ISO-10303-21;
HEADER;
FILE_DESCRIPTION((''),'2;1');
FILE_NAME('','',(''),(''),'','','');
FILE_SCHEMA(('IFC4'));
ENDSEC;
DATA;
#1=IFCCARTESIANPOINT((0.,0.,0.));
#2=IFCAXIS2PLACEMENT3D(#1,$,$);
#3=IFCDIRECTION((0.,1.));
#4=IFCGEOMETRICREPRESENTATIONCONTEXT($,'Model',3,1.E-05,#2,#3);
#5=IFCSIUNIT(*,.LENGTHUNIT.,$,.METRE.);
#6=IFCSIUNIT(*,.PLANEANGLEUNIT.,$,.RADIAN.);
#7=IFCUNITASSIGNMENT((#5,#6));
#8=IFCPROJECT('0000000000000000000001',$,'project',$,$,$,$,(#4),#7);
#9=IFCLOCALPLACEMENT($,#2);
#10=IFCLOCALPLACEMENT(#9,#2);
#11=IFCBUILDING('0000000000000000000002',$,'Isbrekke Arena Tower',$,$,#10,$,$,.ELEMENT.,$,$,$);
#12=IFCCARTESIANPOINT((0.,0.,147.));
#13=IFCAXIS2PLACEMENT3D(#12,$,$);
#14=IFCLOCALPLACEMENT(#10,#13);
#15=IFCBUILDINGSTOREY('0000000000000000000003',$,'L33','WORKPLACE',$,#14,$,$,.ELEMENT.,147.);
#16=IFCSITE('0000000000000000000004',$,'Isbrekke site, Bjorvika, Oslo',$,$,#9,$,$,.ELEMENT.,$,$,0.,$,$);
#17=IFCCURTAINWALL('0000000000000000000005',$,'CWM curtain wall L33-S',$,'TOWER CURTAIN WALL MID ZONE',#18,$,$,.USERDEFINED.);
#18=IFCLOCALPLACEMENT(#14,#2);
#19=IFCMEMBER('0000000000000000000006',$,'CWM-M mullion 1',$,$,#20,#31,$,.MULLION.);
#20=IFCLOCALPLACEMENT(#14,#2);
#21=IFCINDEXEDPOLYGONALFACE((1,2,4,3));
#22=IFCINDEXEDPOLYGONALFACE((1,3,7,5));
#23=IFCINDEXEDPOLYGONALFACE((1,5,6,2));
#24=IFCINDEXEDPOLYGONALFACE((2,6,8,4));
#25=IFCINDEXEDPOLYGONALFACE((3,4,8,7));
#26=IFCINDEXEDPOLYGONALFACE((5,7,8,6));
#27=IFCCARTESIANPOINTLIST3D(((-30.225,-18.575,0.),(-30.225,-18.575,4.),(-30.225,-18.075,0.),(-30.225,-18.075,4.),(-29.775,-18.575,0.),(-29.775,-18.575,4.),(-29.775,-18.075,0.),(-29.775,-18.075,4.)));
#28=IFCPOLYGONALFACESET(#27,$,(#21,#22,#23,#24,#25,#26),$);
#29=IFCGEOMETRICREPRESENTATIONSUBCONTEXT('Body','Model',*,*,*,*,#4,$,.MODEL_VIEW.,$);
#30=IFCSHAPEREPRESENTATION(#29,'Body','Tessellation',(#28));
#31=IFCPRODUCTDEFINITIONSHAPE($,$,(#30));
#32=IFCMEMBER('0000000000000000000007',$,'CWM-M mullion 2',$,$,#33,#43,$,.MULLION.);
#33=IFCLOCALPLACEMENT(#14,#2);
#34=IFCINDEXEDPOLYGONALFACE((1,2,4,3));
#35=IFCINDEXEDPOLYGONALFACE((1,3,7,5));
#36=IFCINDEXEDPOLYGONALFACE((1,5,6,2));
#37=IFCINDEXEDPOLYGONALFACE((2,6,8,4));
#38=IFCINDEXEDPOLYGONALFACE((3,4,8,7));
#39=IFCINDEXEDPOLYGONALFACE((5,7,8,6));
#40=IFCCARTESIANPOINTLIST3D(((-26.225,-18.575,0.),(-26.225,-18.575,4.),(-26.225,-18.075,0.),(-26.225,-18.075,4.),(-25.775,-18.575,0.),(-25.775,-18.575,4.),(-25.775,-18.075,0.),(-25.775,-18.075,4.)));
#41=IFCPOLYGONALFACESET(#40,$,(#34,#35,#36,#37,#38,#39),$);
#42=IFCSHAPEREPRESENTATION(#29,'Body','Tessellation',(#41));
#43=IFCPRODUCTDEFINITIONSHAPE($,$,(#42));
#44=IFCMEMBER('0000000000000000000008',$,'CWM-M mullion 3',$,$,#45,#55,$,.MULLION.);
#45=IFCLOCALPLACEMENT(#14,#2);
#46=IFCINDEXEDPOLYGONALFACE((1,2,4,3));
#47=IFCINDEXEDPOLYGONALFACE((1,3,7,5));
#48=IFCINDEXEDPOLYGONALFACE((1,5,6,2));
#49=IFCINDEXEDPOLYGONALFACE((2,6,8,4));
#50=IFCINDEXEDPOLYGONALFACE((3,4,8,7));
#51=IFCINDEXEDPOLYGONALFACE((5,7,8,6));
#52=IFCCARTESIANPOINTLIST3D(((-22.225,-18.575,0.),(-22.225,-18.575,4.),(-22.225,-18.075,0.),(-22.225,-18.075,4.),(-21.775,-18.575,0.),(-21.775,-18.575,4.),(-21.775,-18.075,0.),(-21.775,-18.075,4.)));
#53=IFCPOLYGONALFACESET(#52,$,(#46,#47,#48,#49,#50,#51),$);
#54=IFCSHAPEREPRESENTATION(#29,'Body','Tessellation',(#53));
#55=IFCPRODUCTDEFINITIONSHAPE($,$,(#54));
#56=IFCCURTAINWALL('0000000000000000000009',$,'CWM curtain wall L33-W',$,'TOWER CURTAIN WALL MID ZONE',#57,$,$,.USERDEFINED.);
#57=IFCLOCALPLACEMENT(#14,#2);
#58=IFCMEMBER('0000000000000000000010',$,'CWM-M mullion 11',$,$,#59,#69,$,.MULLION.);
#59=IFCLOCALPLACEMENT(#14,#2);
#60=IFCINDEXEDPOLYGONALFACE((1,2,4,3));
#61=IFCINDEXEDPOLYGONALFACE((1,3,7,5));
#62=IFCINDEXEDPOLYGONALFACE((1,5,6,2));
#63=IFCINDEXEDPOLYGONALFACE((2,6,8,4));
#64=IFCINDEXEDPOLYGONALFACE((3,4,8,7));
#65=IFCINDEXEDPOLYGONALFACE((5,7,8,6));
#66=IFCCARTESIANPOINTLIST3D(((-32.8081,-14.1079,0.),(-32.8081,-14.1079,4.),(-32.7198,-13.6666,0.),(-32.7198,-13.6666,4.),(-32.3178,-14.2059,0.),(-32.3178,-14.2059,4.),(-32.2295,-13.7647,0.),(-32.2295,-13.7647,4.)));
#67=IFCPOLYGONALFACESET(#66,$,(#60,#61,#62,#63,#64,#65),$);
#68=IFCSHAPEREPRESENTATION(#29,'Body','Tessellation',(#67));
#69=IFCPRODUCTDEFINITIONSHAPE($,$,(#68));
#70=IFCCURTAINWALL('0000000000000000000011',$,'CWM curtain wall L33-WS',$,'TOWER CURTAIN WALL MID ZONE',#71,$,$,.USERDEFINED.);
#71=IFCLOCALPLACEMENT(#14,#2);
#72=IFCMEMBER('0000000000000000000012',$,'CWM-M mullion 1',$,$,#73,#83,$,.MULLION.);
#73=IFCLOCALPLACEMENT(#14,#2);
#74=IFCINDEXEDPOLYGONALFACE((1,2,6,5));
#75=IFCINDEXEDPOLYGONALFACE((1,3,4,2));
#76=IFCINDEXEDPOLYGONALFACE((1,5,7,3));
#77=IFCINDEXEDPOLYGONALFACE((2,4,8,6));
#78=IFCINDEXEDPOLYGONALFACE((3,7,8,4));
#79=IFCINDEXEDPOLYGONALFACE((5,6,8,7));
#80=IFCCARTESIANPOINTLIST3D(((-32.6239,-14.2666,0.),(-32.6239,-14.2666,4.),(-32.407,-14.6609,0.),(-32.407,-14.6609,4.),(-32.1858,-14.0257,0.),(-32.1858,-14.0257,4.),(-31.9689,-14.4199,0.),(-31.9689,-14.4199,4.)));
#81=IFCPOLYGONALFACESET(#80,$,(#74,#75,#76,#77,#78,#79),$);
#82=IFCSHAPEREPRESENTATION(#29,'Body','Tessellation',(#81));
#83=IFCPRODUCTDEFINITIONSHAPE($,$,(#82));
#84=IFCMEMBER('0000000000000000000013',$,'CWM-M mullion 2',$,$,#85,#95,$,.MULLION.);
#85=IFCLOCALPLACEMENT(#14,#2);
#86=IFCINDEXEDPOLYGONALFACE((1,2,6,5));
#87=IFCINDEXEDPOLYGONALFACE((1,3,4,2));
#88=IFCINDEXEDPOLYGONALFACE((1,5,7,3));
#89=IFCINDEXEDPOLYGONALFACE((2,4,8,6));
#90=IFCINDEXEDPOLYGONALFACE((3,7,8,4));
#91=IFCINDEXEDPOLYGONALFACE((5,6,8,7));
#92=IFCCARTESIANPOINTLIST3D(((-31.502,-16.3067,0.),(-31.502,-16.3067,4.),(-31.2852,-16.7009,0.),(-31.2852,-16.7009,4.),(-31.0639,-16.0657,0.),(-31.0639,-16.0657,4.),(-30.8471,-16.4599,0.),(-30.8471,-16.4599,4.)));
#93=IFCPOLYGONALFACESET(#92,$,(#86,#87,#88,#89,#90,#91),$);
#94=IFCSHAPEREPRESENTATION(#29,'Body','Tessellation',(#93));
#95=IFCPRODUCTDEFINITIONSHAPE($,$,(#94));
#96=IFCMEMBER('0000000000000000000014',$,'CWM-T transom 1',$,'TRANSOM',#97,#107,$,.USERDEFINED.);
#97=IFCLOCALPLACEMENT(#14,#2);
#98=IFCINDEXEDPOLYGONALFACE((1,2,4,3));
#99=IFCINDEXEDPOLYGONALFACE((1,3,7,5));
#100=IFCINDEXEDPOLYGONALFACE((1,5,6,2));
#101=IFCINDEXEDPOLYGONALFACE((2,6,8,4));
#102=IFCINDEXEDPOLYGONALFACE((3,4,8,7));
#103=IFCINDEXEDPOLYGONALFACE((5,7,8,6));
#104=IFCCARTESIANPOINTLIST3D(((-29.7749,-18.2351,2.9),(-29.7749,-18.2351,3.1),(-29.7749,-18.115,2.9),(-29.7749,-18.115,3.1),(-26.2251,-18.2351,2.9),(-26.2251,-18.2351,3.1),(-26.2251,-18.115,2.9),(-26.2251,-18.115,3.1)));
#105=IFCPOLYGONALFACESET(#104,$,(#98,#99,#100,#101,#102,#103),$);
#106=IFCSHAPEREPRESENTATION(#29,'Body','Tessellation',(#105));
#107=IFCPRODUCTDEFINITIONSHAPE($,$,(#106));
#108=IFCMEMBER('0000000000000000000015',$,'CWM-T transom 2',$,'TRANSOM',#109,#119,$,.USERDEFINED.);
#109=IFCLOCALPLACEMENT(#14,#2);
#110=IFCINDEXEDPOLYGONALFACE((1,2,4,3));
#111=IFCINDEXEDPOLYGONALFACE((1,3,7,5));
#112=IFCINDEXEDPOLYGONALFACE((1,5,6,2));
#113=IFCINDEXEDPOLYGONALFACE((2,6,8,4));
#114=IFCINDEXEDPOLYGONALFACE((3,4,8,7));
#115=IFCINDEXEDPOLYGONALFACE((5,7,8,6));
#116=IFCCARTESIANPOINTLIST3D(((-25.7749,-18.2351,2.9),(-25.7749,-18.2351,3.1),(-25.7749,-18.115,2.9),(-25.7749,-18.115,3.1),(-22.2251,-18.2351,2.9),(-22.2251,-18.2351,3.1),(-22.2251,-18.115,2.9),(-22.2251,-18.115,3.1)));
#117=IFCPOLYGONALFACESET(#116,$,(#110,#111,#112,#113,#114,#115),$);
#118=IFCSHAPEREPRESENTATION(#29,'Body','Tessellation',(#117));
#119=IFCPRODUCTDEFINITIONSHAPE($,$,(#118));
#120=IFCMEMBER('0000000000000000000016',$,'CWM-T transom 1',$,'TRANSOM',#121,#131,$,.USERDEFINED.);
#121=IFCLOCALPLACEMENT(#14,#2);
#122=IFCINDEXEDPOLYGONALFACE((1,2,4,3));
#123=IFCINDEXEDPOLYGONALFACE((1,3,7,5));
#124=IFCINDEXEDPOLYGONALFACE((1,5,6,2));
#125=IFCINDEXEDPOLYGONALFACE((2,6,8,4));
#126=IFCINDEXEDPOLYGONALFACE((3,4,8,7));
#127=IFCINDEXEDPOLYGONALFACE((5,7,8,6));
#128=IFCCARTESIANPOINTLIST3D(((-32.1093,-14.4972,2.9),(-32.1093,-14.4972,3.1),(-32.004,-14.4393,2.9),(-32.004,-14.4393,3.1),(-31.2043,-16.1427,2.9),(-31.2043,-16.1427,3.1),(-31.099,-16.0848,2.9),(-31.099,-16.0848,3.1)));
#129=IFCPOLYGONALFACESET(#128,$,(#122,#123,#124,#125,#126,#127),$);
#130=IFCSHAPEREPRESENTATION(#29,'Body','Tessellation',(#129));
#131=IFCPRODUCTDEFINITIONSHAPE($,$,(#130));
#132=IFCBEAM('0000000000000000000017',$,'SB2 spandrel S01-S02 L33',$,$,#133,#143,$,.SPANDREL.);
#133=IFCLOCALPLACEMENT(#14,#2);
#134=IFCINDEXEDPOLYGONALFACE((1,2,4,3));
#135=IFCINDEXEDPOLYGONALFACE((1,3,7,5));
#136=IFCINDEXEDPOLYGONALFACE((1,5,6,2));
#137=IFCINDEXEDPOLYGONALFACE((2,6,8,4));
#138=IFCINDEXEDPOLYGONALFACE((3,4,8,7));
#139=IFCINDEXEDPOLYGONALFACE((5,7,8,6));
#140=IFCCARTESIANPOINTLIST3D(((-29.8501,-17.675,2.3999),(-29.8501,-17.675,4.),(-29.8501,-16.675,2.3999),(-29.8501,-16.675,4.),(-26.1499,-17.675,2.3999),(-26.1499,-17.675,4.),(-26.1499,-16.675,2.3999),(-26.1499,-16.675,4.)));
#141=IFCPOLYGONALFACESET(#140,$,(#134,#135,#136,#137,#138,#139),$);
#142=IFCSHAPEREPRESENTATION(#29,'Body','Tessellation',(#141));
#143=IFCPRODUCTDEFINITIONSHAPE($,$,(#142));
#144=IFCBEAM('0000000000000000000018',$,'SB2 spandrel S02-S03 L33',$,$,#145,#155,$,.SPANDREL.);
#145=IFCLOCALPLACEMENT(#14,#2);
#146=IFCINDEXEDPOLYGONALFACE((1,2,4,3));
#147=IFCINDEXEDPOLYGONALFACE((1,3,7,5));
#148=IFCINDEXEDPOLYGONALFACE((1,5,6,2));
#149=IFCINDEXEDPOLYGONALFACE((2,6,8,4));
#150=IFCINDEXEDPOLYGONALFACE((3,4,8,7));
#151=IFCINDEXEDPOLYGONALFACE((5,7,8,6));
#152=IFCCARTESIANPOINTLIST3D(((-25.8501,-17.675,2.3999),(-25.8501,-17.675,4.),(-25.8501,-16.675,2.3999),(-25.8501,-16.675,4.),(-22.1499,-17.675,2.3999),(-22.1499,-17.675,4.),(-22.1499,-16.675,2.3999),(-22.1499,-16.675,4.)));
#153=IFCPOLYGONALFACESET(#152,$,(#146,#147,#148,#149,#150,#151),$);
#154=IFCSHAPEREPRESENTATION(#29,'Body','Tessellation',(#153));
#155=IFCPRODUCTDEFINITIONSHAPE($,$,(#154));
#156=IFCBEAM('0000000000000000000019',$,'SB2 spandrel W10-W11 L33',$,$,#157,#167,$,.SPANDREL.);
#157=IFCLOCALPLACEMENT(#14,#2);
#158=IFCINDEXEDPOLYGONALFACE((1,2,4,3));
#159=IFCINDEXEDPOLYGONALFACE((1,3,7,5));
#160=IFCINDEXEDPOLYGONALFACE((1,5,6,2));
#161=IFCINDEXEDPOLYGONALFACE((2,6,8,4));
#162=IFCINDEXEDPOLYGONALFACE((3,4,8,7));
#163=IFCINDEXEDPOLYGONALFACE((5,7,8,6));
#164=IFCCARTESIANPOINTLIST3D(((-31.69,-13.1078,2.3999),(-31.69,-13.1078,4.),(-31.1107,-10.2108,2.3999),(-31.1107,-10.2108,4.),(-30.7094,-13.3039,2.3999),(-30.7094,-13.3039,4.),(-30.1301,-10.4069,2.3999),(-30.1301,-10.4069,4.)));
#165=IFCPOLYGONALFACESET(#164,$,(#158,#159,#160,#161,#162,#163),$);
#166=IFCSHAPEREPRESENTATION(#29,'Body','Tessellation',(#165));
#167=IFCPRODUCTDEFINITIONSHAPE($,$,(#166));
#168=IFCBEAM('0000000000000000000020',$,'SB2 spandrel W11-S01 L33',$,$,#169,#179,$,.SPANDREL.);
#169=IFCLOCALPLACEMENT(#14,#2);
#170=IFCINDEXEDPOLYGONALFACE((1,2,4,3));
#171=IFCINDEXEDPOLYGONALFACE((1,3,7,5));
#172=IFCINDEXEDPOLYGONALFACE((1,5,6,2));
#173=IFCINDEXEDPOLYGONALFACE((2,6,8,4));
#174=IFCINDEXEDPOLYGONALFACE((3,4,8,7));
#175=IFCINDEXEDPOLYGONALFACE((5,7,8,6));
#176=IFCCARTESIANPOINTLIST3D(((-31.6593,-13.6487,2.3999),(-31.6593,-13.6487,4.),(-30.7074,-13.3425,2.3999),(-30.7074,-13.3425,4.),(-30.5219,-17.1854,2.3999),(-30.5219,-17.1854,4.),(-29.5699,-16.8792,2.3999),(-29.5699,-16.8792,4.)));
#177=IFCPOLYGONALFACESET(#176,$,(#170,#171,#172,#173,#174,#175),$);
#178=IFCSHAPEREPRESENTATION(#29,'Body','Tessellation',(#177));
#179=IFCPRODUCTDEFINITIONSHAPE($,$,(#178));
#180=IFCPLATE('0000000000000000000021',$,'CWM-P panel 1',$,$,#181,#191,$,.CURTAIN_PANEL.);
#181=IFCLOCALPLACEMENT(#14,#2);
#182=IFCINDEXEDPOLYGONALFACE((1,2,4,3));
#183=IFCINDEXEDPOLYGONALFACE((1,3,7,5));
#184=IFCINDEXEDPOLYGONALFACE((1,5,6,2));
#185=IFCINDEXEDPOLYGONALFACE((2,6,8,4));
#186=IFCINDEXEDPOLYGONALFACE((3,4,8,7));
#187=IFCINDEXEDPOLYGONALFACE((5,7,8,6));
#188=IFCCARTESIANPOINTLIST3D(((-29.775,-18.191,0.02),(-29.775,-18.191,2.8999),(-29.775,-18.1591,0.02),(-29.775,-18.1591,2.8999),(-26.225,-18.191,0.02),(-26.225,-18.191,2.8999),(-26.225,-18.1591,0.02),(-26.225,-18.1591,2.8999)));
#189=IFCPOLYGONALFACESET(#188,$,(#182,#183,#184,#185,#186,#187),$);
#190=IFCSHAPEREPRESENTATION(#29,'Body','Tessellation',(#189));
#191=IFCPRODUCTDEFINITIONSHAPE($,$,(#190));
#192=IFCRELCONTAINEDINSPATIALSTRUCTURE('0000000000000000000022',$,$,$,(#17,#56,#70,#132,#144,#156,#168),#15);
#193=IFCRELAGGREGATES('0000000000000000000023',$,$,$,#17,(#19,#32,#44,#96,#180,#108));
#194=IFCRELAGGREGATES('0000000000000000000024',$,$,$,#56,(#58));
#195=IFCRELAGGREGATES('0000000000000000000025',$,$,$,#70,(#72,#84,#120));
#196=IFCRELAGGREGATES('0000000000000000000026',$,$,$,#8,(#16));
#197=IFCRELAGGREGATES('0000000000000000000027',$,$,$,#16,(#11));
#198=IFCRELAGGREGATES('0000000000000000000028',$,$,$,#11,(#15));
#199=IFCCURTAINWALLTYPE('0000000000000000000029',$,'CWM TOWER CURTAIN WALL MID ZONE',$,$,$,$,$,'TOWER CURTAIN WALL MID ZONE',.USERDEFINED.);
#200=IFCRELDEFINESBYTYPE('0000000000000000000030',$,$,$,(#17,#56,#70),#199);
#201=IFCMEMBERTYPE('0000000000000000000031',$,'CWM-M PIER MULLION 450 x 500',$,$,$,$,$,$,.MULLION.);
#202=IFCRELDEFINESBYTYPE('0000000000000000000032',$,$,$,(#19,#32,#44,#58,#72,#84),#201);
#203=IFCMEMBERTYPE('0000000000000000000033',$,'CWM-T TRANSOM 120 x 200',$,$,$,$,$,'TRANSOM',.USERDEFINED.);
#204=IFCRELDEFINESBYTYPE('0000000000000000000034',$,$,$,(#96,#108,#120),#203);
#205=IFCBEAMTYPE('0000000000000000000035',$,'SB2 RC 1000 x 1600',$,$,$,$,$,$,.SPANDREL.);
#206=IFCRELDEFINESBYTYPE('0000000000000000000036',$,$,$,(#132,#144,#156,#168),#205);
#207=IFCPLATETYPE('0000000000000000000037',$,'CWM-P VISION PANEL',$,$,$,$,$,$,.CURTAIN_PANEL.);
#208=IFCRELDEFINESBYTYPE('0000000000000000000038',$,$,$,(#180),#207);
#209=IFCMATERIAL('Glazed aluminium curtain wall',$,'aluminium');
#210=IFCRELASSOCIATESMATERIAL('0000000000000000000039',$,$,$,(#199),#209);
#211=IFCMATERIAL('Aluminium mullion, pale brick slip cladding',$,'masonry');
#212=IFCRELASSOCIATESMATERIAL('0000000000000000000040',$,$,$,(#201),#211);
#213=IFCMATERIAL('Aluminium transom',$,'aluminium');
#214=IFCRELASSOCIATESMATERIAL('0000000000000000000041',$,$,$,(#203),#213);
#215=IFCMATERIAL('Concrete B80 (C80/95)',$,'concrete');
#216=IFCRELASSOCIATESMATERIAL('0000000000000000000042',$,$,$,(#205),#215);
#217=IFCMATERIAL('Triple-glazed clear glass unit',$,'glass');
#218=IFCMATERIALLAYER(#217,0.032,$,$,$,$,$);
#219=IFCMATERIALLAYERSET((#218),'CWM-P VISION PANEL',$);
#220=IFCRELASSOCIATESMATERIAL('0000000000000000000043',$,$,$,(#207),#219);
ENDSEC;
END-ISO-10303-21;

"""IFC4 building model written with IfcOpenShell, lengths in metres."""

from ifc_helpers import new_model, si_unit, direction, frame, origin, origin_2d, place, context, subcontext, project, spatial, rectangle, extrude, material, layer, layer_set, material_profile, profile_set, type_object, element, aggregate, save


model = new_model("IFC4")

# Units and contexts
model_context = context("Model", 3, precision=1e-05, world=origin(), true_north=direction((0.0, 1.0)))
body_context = subcontext(model_context, "Body", "Model", "MODEL_VIEW")
ifc_project = project(units=[si_unit("LENGTHUNIT", "METRE"), si_unit("PLANEANGLEUNIT", "RADIAN")], contexts=[model_context])

# Site, building, storey
site_placement = place(None, origin())
site = spatial("IfcSite", under=ifc_project, at=site_placement, Name="Isbrekke site, Bjorvika, Oslo", CompositionType="ELEMENT", RefElevation=0.0)
building_placement = place(site_placement, origin())
building = spatial("IfcBuilding", under=site, at=building_placement, Name="Isbrekke Arena Tower", CompositionType="ELEMENT")
storey_placement = place(building_placement, frame((0.0, 0.0, 147.0)))
storey = spatial("IfcBuildingStorey", under=building, at=storey_placement, Name="L33", Description="WORKPLACE", CompositionType="ELEMENT", Elevation=147.0)

# Curtain wall, members
ifc_material_1 = material(Name="Glazed aluminium curtain wall", Category="aluminium")
curtain_wall_type = type_object("IfcCurtainWallType", Name="CWM TOWER CURTAIN WALL MID ZONE", ElementType="TOWER CURTAIN WALL MID ZONE", PredefinedType="USERDEFINED", material=ifc_material_1)
curtain_wall_1_placement = place(storey_placement, origin())
curtain_wall_1 = element("IfcCurtainWall", 1, at=curtain_wall_1_placement, inside=storey, type_object=curtain_wall_type, Name="CWM curtain wall L33-S", ObjectType="TOWER CURTAIN WALL MID ZONE", PredefinedType="USERDEFINED")
ifc_material_2 = material(Name="Aluminium mullion, pale brick slip cladding", Category="masonry")
ifc_material_profile_1 = material_profile(ifc_material_2, rectangle(XDim=0.45, YDim=0.5, at=origin_2d()), Name="PIER 450X500")
ifc_profile_set_1 = profile_set([ifc_material_profile_1], Name="Aluminium mullion, pale brick slip cladding")
member_type_1 = type_object("IfcMemberType", Name="CWM-M PIER MULLION 450 x 500", PredefinedType="MULLION", material=ifc_profile_set_1)
member_1_placement = place(storey_placement, frame((-30.0, -18.325, 0.0), z_axis=(0.0, 0.0, 1.0), x_axis=(1.0, 0.0, 0.0)))
member_1 = element("IfcMember", 2, at=member_1_placement, type_object=member_type_1, Name="CWM-M mullion 1", PredefinedType="MULLION", context=body_context, shape_type="SweptSolid", body=[
    extrude(rectangle(XDim=0.45, YDim=0.5, at=origin_2d()), origin(), (0.0, 0.0, 1.0), 4.0),
])
member_2_placement = place(storey_placement, frame((-26.0, -18.325, 0.0), z_axis=(0.0, 0.0, 1.0), x_axis=(1.0, 0.0, 0.0)))
member_2 = element("IfcMember", 3, at=member_2_placement, type_object=member_type_1, Name="CWM-M mullion 2", PredefinedType="MULLION", context=body_context, shape_type="SweptSolid", body=[
    extrude(rectangle(XDim=0.45, YDim=0.5, at=origin_2d()), origin(), (0.0, 0.0, 1.0), 4.0),
])
member_3_placement = place(storey_placement, frame((-22.0, -18.325, 0.0), z_axis=(0.0, 0.0, 1.0), x_axis=(1.0, 0.0, 0.0)))
member_3 = element("IfcMember", 4, at=member_3_placement, type_object=member_type_1, Name="CWM-M mullion 3", PredefinedType="MULLION", context=body_context, shape_type="SweptSolid", body=[
    extrude(rectangle(XDim=0.45, YDim=0.5, at=origin_2d()), origin(), (0.0, 0.0, 1.0), 4.0),
])

# Curtain wall, member
curtain_wall_2_placement = place(storey_placement, origin())
curtain_wall_2 = element("IfcCurtainWall", 5, at=curtain_wall_2_placement, inside=storey, type_object=curtain_wall_type, Name="CWM curtain wall L33-W", ObjectType="TOWER CURTAIN WALL MID ZONE", PredefinedType="USERDEFINED")
member_4_placement = place(storey_placement, frame((-32.5188, -13.9363, 0.0), z_axis=(0.0, 0.0, 1.0), x_axis=(-0.196116, -0.980581, 0.0)))
member_4 = element("IfcMember", 6, at=member_4_placement, type_object=member_type_1, Name="CWM-M mullion 11", PredefinedType="MULLION", context=body_context, shape_type="SweptSolid", body=[
    extrude(rectangle(XDim=0.45, YDim=0.5, at=origin_2d()), origin(), (0.0, 0.0, 1.0), 4.0),
])

# Curtain wall, members
curtain_wall_3_placement = place(storey_placement, origin())
curtain_wall_3 = element("IfcCurtainWall", 7, at=curtain_wall_3_placement, inside=storey, type_object=curtain_wall_type, Name="CWM curtain wall L33-WS", ObjectType="TOWER CURTAIN WALL MID ZONE", PredefinedType="USERDEFINED")
member_5_placement = place(storey_placement, frame((-32.2964, -14.3433, 0.0), z_axis=(0.0, 0.0, 1.0), x_axis=(0.481919, -0.876216, 0.0)))
member_5 = element("IfcMember", 8, at=member_5_placement, type_object=member_type_1, Name="CWM-M mullion 1", PredefinedType="MULLION", context=body_context, shape_type="SweptSolid", body=[
    extrude(rectangle(XDim=0.45, YDim=0.5, at=origin_2d()), origin(), (0.0, 0.0, 1.0), 4.0),
])
member_6_placement = place(storey_placement, frame((-31.1746, -16.3833, 0.0), z_axis=(0.0, 0.0, 1.0), x_axis=(0.481919, -0.876216, 0.0)))
member_6 = element("IfcMember", 9, at=member_6_placement, type_object=member_type_1, Name="CWM-M mullion 2", PredefinedType="MULLION", context=body_context, shape_type="SweptSolid", body=[
    extrude(rectangle(XDim=0.45, YDim=0.5, at=origin_2d()), origin(), (0.0, 0.0, 1.0), 4.0),
])

# Members
ifc_material_3 = material(Name="Aluminium transom", Category="aluminium")
ifc_material_profile_2 = material_profile(ifc_material_3, rectangle(XDim=0.1201, YDim=0.2, at=origin_2d()), Name="TRANSOM 120X200")
ifc_profile_set_2 = profile_set([ifc_material_profile_2], Name="Aluminium transom")
member_type_2 = type_object("IfcMemberType", Name="CWM-T TRANSOM 120 x 200", ElementType="TRANSOM", PredefinedType="USERDEFINED", material=ifc_profile_set_2)
member_7_placement = place(storey_placement, frame((-29.7749, -18.175, 3.0), z_axis=(1.0, 0.0, 0.0), x_axis=(0.0, 1.0, 0.0)))
member_7 = element("IfcMember", 10, at=member_7_placement, type_object=member_type_2, Name="CWM-T transom 1", ObjectType="TRANSOM", PredefinedType="USERDEFINED", context=body_context, shape_type="SweptSolid", body=[
    extrude(rectangle(XDim=0.1201, YDim=0.2, at=origin_2d()), origin(), (0.0, 0.0, 1.0), 3.5498),
])
member_8_placement = place(storey_placement, frame((-25.7749, -18.175, 3.0), z_axis=(1.0, 0.0, 0.0), x_axis=(0.0, 1.0, 0.0)))
member_8 = element("IfcMember", 11, at=member_8_placement, type_object=member_type_2, Name="CWM-T transom 2", ObjectType="TRANSOM", PredefinedType="USERDEFINED", context=body_context, shape_type="SweptSolid", body=[
    extrude(rectangle(XDim=0.1201, YDim=0.2, at=origin_2d()), origin(), (0.0, 0.0, 1.0), 3.5498),
])
member_9_placement = place(storey_placement, frame((-32.0566, -14.4683, 3.0), z_axis=(0.481919, -0.876216, 0.0), x_axis=(0.876216, 0.481919, 0.0)))
member_9 = element("IfcMember", 12, at=member_9_placement, type_object=member_type_2, Name="CWM-T transom 1", ObjectType="TRANSOM", PredefinedType="USERDEFINED", context=body_context, shape_type="SweptSolid", body=[
    extrude(rectangle(XDim=0.1201, YDim=0.2, at=origin_2d()), origin(), (0.0, 0.0, 1.0), 1.8779),
])

# Beams
ifc_material_4 = material(Name="Concrete B80 (C80/95)", Category="concrete")
ifc_material_profile_3 = material_profile(ifc_material_4, rectangle(XDim=1.0, YDim=1.6001, at=origin_2d()), Name="RC 1000x1600")
ifc_profile_set_3 = profile_set([ifc_material_profile_3], Name="Concrete B80 (C80/95)")
beam_type_1 = type_object("IfcBeamType", Name="SB2 RC 1000 x 1600", PredefinedType="SPANDREL", material=ifc_profile_set_3)
for number, where, z_axis, x_axis, name in (
    (13, (-29.8501, -17.175, 3.2), (1.0, 0.0, 0.0), (0.0, 1.0, 0.0), "SB2 spandrel S01-S02 L33"),
    (14, (-25.8501, -17.175, 3.2), (1.0, 0.0, 0.0), (0.0, 1.0, 0.0), "SB2 spandrel S02-S03 L33"),
):
    element("IfcBeam", number, at=place(storey_placement, frame(where, z_axis=z_axis, x_axis=x_axis)), inside=storey, type_object=beam_type_1, Name=name, PredefinedType="SPANDREL", context=body_context, shape_type="SweptSolid", body=[
        extrude(rectangle(XDim=1.0, YDim=1.6001, at=origin_2d()), origin(), (0.0, 0.0, 1.0), 3.7002),
    ])
beam_1_placement = place(storey_placement, frame((-30.6204, -10.3088, 3.2), z_axis=(-0.1961, -0.980584, 0.0), x_axis=(0.980584, -0.1961, 0.0)))
element("IfcBeam", 15, at=beam_1_placement, inside=storey, type_object=beam_type_1, Name="SB2 spandrel W10-W11 L33", PredefinedType="SPANDREL", context=body_context, shape_type="SweptSolid", body=[
    extrude(rectangle(XDim=1.0, YDim=1.6001, at=origin_2d()), origin(), (0.0, 0.0, 1.0), 2.9543),
])
beam_2_placement = place(storey_placement, frame((-31.1833, -13.4956, 3.2), z_axis=(0.306175, -0.951975, 0.0), x_axis=(0.951975, 0.306175, 0.0)))
element("IfcBeam", 16, at=beam_2_placement, inside=storey, type_object=beam_type_1, Name="SB2 spandrel W11-S01 L33", PredefinedType="SPANDREL", context=body_context, shape_type="SweptSolid", body=[
    extrude(rectangle(XDim=1.0, YDim=1.6001, at=origin_2d()), origin(), (0.0, 0.0, 1.0), 3.7151),
])

# Plate
ifc_material_5 = material(Name="Triple-glazed clear glass unit", Category="glass")
ifc_layer = layer(ifc_material_5, 0.032)
ifc_layer_set = layer_set([ifc_layer], Name="CWM-P VISION PANEL")
plate_type = type_object("IfcPlateType", Name="CWM-P VISION PANEL", PredefinedType="CURTAIN_PANEL", material=ifc_layer_set)
plate_1_placement = place(storey_placement, frame((-28.0, -18.175, 0.02), z_axis=(0.0, 0.0, 1.0), x_axis=(1.0, 0.0, 0.0)))
plate_1 = element("IfcPlate", 17, at=plate_1_placement, type_object=plate_type, Name="CWM-P panel 1", PredefinedType="CURTAIN_PANEL", context=body_context, shape_type="SweptSolid", body=[
    extrude(rectangle(XDim=3.55, YDim=0.032, at=origin_2d()), origin(), (0.0, 0.0, 1.0), 2.8799),
])
aggregate(curtain_wall_1, [member_1, member_2, member_3, member_7, plate_1, member_8])
aggregate(curtain_wall_2, [member_4])
aggregate(curtain_wall_3, [member_5, member_6, member_9])

save(model, "model.ifc")
